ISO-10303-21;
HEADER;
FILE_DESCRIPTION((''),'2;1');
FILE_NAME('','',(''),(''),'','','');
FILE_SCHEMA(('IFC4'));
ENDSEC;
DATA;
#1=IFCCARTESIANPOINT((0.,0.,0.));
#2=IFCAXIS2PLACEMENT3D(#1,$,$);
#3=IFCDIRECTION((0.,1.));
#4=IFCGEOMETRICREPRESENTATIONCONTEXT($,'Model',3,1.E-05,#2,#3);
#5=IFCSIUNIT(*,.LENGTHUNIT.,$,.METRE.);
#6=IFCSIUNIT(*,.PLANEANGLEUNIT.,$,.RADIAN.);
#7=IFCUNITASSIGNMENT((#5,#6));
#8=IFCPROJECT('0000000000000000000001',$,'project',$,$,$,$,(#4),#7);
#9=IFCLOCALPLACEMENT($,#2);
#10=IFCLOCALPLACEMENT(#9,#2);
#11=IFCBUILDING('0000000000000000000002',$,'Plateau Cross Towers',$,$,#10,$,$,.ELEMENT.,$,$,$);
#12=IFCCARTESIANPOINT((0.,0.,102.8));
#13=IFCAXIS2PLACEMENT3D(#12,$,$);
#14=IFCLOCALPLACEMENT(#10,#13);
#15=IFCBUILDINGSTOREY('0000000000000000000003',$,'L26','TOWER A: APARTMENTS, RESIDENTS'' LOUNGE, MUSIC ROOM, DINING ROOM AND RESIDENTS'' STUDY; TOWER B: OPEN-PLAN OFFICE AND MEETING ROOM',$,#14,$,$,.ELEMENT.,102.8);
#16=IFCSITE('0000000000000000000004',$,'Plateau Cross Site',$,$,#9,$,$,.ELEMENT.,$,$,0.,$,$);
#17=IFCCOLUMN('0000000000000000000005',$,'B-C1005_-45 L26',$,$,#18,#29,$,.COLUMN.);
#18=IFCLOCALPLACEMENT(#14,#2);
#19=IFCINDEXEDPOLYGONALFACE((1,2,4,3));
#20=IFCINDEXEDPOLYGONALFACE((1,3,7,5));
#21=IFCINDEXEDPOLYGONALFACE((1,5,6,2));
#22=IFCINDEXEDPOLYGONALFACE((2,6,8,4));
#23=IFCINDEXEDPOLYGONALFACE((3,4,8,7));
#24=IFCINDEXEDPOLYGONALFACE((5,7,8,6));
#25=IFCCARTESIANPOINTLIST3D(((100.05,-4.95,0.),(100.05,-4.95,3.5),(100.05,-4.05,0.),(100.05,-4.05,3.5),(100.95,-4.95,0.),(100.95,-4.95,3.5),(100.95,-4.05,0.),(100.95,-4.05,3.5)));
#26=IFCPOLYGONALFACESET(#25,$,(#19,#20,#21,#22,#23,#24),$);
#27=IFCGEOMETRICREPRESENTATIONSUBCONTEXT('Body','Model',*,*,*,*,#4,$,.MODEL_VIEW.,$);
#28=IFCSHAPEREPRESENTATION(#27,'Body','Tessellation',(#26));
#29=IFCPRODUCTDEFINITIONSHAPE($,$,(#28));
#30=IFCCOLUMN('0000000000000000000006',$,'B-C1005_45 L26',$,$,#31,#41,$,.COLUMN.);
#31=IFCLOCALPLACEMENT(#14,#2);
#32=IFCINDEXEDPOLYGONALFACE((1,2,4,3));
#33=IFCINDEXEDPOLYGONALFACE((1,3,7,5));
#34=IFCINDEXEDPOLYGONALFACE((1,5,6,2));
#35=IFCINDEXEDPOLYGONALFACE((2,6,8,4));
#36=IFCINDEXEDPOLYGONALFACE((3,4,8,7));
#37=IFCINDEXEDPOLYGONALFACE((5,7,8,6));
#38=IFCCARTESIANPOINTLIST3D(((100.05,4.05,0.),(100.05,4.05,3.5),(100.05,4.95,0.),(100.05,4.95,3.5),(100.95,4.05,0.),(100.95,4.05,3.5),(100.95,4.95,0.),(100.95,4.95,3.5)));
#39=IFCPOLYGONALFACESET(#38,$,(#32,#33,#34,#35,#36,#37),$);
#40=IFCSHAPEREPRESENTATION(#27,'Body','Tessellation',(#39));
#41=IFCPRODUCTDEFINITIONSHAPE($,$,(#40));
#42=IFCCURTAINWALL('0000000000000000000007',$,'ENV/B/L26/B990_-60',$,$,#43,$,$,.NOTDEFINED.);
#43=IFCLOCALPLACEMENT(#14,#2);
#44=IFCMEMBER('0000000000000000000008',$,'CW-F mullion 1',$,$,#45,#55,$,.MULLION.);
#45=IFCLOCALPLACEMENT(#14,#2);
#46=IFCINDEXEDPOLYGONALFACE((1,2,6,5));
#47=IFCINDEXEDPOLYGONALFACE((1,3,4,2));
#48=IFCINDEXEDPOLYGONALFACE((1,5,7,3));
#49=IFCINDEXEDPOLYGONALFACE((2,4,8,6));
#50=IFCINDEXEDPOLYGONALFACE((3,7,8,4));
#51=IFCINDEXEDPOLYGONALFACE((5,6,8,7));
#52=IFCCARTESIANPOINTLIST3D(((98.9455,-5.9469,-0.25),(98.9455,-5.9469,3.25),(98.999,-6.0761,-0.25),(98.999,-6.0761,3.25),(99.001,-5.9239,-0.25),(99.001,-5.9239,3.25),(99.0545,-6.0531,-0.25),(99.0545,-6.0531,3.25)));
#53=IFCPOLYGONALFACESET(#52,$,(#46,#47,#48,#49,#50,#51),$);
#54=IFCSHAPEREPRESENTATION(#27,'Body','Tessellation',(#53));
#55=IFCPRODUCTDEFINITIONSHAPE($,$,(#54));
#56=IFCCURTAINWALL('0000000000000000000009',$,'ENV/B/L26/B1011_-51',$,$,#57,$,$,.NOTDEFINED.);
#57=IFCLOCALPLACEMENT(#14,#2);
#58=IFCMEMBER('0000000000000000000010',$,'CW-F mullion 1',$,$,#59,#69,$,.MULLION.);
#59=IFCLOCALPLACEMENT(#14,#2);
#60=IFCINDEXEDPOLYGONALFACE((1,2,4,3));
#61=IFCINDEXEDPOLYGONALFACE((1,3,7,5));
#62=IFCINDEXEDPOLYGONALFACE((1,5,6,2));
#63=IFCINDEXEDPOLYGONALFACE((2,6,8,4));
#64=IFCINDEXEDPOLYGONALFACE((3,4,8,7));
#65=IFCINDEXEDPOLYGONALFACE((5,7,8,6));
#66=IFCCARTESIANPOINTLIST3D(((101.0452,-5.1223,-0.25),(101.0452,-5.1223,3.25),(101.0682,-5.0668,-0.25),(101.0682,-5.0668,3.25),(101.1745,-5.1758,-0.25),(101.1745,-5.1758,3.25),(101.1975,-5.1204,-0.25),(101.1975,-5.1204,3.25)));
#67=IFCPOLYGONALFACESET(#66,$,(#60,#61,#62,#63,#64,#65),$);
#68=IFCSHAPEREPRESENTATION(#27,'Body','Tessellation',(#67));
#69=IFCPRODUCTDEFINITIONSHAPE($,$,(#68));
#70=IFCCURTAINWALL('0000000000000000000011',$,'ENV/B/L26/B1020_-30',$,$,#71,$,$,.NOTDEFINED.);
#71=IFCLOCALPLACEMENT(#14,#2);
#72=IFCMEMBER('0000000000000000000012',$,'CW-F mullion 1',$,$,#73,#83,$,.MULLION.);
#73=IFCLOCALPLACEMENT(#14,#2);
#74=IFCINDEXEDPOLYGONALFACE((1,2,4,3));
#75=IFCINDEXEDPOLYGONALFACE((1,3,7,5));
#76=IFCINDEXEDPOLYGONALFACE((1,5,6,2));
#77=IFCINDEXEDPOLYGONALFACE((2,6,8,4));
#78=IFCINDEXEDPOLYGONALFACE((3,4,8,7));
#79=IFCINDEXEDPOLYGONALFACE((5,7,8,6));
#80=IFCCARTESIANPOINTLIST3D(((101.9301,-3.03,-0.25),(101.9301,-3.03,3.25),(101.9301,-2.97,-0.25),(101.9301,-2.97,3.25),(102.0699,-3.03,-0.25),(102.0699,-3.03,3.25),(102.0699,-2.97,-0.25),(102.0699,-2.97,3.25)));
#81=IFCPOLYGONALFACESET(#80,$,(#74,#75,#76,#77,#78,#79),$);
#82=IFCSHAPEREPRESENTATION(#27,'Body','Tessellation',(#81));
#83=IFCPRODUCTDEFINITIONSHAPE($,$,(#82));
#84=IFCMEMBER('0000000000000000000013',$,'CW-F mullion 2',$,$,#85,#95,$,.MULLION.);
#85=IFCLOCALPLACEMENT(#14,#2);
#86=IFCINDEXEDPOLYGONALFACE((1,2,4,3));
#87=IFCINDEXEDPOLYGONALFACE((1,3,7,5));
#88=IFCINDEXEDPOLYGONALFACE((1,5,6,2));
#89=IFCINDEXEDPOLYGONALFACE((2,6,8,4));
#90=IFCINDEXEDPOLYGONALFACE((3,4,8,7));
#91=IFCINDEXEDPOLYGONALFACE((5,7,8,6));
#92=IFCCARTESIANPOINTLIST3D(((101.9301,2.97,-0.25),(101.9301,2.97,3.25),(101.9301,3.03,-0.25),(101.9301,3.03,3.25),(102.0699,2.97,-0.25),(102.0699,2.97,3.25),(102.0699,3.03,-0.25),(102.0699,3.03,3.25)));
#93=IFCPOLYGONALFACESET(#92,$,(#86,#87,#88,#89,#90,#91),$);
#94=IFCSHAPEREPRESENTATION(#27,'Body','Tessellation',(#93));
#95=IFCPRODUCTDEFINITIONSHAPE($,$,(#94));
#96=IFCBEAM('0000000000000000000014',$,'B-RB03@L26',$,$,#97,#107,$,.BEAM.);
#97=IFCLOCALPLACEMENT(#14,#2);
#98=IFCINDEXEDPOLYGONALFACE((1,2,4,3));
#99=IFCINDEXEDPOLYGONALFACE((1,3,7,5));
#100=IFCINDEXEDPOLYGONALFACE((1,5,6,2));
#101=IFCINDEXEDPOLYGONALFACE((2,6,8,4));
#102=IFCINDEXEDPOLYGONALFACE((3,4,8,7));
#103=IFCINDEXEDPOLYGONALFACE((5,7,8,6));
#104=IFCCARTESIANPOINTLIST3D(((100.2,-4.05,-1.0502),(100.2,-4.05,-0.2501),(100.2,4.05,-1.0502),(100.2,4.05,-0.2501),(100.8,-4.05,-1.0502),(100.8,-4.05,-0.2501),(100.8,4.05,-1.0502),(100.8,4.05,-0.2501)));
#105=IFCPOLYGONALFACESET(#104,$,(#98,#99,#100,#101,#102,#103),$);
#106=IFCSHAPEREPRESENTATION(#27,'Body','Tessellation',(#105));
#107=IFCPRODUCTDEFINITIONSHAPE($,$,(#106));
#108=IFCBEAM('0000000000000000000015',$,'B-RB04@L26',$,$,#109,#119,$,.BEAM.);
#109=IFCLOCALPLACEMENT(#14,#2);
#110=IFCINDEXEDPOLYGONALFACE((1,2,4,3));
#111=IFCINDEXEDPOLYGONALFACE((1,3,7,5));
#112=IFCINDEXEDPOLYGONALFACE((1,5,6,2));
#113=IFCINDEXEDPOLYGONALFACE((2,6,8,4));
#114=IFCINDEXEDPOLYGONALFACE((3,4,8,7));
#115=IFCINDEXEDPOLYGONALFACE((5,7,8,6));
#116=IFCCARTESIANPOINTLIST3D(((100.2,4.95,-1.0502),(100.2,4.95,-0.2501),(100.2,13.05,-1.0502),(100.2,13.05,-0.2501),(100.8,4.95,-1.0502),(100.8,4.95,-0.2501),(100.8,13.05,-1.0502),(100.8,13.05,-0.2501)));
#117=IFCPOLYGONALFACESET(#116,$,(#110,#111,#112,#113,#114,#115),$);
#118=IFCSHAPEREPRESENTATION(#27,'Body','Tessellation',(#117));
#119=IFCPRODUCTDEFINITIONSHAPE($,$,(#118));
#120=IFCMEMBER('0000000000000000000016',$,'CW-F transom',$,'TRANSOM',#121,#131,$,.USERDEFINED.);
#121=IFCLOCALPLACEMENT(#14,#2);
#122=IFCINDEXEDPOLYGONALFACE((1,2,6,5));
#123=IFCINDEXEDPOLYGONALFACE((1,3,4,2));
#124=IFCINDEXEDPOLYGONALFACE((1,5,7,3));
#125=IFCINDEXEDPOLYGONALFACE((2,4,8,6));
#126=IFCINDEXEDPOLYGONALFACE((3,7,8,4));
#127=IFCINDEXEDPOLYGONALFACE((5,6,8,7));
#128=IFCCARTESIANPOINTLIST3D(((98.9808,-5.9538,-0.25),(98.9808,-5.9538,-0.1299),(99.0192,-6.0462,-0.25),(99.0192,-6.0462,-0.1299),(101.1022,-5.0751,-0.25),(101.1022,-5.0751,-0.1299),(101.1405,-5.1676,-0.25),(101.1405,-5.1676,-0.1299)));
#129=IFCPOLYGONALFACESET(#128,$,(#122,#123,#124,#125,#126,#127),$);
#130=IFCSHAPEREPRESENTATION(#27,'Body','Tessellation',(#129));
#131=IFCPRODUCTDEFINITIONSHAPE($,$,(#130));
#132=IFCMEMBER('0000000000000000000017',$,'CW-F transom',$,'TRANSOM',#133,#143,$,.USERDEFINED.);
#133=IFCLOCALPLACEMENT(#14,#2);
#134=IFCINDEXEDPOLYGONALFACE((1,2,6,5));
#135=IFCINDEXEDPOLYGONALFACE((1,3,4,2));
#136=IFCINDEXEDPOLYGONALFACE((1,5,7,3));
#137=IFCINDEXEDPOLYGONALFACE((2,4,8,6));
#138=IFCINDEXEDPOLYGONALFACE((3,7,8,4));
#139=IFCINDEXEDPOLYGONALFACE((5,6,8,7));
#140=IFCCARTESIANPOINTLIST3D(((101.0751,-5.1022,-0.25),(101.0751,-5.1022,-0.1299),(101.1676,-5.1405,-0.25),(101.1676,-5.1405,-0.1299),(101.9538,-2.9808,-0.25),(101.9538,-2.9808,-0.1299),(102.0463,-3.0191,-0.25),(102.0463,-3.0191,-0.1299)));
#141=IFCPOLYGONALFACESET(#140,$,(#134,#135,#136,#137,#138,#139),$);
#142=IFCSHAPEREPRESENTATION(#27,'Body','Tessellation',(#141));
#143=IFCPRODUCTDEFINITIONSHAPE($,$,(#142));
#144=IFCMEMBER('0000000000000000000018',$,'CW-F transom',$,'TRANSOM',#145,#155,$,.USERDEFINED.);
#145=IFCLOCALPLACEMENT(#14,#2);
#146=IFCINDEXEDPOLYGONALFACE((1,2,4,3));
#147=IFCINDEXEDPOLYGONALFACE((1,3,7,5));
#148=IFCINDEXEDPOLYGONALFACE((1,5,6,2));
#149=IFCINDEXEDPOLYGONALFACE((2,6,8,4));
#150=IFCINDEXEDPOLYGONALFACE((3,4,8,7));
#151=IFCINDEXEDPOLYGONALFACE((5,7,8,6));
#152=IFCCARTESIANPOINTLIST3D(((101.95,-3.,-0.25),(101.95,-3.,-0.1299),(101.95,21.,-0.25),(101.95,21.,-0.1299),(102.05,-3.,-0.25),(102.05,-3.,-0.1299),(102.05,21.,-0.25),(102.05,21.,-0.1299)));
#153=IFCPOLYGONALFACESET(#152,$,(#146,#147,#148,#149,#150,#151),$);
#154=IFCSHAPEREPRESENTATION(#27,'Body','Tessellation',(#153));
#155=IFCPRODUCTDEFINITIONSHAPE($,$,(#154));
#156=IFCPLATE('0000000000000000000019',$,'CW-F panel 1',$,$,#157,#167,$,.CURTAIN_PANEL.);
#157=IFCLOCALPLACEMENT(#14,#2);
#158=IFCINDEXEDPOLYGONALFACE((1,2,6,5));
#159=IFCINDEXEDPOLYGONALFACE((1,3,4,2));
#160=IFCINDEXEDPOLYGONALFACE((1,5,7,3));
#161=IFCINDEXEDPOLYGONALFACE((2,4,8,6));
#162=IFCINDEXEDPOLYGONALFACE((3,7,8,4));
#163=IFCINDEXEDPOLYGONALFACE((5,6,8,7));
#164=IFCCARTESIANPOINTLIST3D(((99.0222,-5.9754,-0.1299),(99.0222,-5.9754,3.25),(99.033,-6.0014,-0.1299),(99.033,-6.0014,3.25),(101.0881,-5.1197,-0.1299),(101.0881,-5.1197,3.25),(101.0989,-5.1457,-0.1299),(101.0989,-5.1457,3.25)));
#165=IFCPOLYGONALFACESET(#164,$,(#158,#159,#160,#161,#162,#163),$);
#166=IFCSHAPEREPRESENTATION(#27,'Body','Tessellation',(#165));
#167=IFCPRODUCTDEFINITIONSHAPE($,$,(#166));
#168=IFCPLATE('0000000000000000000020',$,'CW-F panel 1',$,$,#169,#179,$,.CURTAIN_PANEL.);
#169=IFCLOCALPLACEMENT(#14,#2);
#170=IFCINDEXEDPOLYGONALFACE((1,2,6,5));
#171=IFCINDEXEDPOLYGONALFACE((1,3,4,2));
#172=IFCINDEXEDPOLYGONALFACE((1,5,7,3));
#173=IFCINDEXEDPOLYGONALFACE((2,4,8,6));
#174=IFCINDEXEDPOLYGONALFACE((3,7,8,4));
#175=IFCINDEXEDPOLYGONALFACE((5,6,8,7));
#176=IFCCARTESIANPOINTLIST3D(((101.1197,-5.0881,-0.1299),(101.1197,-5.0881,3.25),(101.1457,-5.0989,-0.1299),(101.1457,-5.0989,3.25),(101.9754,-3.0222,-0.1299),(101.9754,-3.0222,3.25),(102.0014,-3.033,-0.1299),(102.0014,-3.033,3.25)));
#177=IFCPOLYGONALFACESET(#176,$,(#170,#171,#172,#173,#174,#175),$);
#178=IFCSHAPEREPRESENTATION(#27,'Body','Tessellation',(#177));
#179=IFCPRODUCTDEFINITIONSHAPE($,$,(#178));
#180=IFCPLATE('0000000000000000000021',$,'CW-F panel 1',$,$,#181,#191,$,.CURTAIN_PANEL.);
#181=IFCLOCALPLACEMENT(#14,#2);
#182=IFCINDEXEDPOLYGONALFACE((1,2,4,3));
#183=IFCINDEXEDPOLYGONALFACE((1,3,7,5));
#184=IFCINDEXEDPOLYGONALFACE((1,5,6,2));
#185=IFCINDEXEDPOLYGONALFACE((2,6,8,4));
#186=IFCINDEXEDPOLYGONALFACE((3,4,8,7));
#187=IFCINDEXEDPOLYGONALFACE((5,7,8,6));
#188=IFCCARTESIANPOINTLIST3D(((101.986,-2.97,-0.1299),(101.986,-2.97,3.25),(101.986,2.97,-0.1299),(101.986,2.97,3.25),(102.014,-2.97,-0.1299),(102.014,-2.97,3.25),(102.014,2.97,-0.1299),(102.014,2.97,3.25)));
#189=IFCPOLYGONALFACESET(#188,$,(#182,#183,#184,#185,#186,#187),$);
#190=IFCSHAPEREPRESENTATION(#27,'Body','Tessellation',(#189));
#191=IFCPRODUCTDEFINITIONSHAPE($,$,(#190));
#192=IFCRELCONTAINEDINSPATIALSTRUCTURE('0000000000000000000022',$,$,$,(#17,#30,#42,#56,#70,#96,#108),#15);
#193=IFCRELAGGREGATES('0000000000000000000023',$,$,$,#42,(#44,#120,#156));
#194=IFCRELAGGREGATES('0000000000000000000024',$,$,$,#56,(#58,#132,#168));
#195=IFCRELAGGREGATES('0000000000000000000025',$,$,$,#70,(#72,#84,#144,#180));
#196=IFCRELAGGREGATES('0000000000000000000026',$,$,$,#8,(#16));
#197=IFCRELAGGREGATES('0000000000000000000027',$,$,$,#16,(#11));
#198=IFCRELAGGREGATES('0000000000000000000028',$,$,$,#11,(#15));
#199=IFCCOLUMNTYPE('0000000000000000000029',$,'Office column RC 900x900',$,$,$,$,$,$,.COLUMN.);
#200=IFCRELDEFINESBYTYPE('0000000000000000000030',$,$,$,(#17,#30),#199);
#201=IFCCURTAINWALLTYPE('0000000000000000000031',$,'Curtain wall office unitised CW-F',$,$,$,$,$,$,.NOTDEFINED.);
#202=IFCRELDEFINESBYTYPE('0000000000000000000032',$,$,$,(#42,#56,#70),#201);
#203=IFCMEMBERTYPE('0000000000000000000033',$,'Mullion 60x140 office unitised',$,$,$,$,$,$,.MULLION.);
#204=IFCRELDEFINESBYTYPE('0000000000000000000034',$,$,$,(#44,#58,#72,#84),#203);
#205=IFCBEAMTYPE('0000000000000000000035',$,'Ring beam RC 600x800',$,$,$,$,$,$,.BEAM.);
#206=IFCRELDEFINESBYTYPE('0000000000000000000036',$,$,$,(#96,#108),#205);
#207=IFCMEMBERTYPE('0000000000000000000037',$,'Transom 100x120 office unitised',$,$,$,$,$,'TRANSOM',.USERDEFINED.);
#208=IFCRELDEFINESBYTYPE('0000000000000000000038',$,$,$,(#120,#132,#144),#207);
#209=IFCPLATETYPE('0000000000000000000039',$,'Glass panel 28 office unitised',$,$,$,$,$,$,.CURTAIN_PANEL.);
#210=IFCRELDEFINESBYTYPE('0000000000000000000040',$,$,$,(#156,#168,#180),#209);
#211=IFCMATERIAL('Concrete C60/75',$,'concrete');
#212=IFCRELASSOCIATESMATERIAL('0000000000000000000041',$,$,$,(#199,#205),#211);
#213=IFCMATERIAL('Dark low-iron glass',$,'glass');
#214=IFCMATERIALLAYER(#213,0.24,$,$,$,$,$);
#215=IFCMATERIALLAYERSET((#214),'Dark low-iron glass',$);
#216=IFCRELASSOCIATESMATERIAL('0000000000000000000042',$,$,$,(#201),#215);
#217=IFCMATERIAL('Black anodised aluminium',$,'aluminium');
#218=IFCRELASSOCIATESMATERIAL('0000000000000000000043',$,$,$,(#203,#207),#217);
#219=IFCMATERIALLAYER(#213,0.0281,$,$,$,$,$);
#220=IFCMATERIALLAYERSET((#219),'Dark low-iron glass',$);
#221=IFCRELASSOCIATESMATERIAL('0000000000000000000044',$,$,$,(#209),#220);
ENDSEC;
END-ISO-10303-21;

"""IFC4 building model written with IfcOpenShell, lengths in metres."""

from ifc_helpers import new_model, si_unit, direction, frame, origin, origin_2d, place, context, subcontext, project, spatial, rectangle, extrude, material, layer, layer_set, material_profile, profile_set, type_object, element, aggregate, save


model = new_model("IFC4")

# Units and contexts
model_context = context("Model", 3, precision=1e-05, world=origin(), true_north=direction((0.0, 1.0)))
body_context = subcontext(model_context, "Body", "Model", "MODEL_VIEW")
ifc_project = project(units=[si_unit("LENGTHUNIT", "METRE"), si_unit("PLANEANGLEUNIT", "RADIAN")], contexts=[model_context])

# Site, building, storey
site_placement = place(None, origin())
site = spatial("IfcSite", under=ifc_project, at=site_placement, Name="Plateau Cross Site", CompositionType="ELEMENT", RefElevation=0.0)
building_placement = place(site_placement, origin())
building = spatial("IfcBuilding", under=site, at=building_placement, Name="Plateau Cross Towers", CompositionType="ELEMENT")
storey_placement = place(building_placement, frame((0.0, 0.0, 102.8)))
storey = spatial("IfcBuildingStorey", under=building, at=storey_placement, Name="L26", Description="TOWER A: APARTMENTS, RESIDENTS' LOUNGE, MUSIC ROOM, DINING ROOM AND RESIDENTS' STUDY; TOWER B: OPEN-PLAN OFFICE AND MEETING ROOM", CompositionType="ELEMENT", Elevation=102.8)

# Columns
ifc_material_1 = material(Name="Concrete C60/75", Category="concrete")
ifc_material_profile_1 = material_profile(ifc_material_1, rectangle(XDim=0.8999, YDim=0.8999, at=origin_2d()), Name="RC 900x900")
ifc_profile_set_1 = profile_set([ifc_material_profile_1], Name="Concrete C60/75")
column_type = type_object("IfcColumnType", Name="Office column RC 900x900", PredefinedType="COLUMN", material=ifc_profile_set_1)
for number, where, z_axis, x_axis, name in (
    (1, (100.5, -4.5, 0.0), (0.0, 0.0, 1.0), (1.0, 0.0, 0.0), "B-C1005_-45 L26"),
    (2, (100.5, 4.5, 0.0), (0.0, 0.0, 1.0), (1.0, 0.0, 0.0), "B-C1005_45 L26"),
):
    element("IfcColumn", number, at=place(storey_placement, frame(where, z_axis=z_axis, x_axis=x_axis)), inside=storey, type_object=column_type, Name=name, PredefinedType="COLUMN", context=body_context, shape_type="SweptSolid", body=[
        extrude(rectangle(XDim=0.8999, YDim=0.8999, at=origin_2d()), origin(), (0.0, 0.0, 1.0), 3.5),
    ])

# Curtain walls, members
ifc_material_2 = material(Name="Dark low-iron glass", Category="glass")
ifc_layer_1 = layer(ifc_material_2, 0.24)
ifc_layer_set_1 = layer_set([ifc_layer_1], Name="Dark low-iron glass")
curtain_wall_type = type_object("IfcCurtainWallType", Name="Curtain wall office unitised CW-F", PredefinedType="NOTDEFINED", material=ifc_layer_set_1)
curtain_wall_1_placement = place(storey_placement, origin())
curtain_wall_1 = element("IfcCurtainWall", 3, at=curtain_wall_1_placement, inside=storey, type_object=curtain_wall_type, Name="ENV/B/L26/B990_-60", PredefinedType="NOTDEFINED")
ifc_material_3 = material(Name="Black anodised aluminium", Category="aluminium")
ifc_material_profile_2 = material_profile(ifc_material_3, rectangle(XDim=0.0601, YDim=0.1399, at=origin_2d()), Name="MULLION 60x140")
ifc_profile_set_2 = profile_set([ifc_material_profile_2], Name="Black anodised aluminium")
member_type_1 = type_object("IfcMemberType", Name="Mullion 60x140 office unitised", PredefinedType="MULLION", material=ifc_profile_set_2)
member_1_placement = place(storey_placement, frame((99.0, -6.0, -0.25), z_axis=(0.0, 0.0, 1.0), x_axis=(0.923879, 0.382684, 0.0)))
member_1 = element("IfcMember", 4, at=member_1_placement, type_object=member_type_1, Name="CW-F mullion 1", PredefinedType="MULLION", context=body_context, shape_type="SweptSolid", body=[
    extrude(rectangle(XDim=0.0601, YDim=0.1399, at=origin_2d()), origin(), (0.0, 0.0, 1.0), 3.5),
])
curtain_wall_2_placement = place(storey_placement, origin())
curtain_wall_2 = element("IfcCurtainWall", 5, at=curtain_wall_2_placement, inside=storey, type_object=curtain_wall_type, Name="ENV/B/L26/B1011_-51", PredefinedType="NOTDEFINED")
member_2_placement = place(storey_placement, frame((101.1213, -5.1213, -0.25), z_axis=(0.0, 0.0, 1.0), x_axis=(0.382684, 0.923879, 0.0)))
member_2 = element("IfcMember", 6, at=member_2_placement, type_object=member_type_1, Name="CW-F mullion 1", PredefinedType="MULLION", context=body_context, shape_type="SweptSolid", body=[
    extrude(rectangle(XDim=0.0601, YDim=0.1399, at=origin_2d()), origin(), (0.0, 0.0, 1.0), 3.5),
])

# Curtain wall, members
curtain_wall_3_placement = place(storey_placement, origin())
curtain_wall_3 = element("IfcCurtainWall", 7, at=curtain_wall_3_placement, inside=storey, type_object=curtain_wall_type, Name="ENV/B/L26/B1020_-30", PredefinedType="NOTDEFINED")
member_3_placement = place(storey_placement, frame((102.0, -3.0, -0.25), z_axis=(0.0, 0.0, 1.0), x_axis=(0.0, 1.0, 0.0)))
member_3 = element("IfcMember", 8, at=member_3_placement, type_object=member_type_1, Name="CW-F mullion 1", PredefinedType="MULLION", context=body_context, shape_type="SweptSolid", body=[
    extrude(rectangle(XDim=0.0601, YDim=0.1399, at=origin_2d()), origin(), (0.0, 0.0, 1.0), 3.5),
])
member_4_placement = place(storey_placement, frame((102.0, 3.0, -0.25), z_axis=(0.0, 0.0, 1.0), x_axis=(0.0, 1.0, 0.0)))
member_4 = element("IfcMember", 9, at=member_4_placement, type_object=member_type_1, Name="CW-F mullion 2", PredefinedType="MULLION", context=body_context, shape_type="SweptSolid", body=[
    extrude(rectangle(XDim=0.0601, YDim=0.1399, at=origin_2d()), origin(), (0.0, 0.0, 1.0), 3.5),
])

# Beams
ifc_material_profile_3 = material_profile(ifc_material_1, rectangle(XDim=0.6001, YDim=0.8, at=origin_2d()), Name="RC 600x800")
ifc_profile_set_3 = profile_set([ifc_material_profile_3], Name="Concrete C60/75")
beam_type = type_object("IfcBeamType", Name="Ring beam RC 600x800", PredefinedType="BEAM", material=ifc_profile_set_3)
for number, where, z_axis, x_axis, name in (
    (10, (100.5, -4.05, -0.6501), (0.0, 1.0, 0.0), (-1.0, 0.0, 0.0), "B-RB03@L26"),
    (11, (100.5, 4.95, -0.6501), (0.0, 1.0, 0.0), (-1.0, 0.0, 0.0), "B-RB04@L26"),
):
    element("IfcBeam", number, at=place(storey_placement, frame(where, z_axis=z_axis, x_axis=x_axis)), inside=storey, type_object=beam_type, Name=name, PredefinedType="BEAM", context=body_context, shape_type="SweptSolid", body=[
        extrude(rectangle(XDim=0.6001, YDim=0.8, at=origin_2d()), origin(), (0.0, 0.0, 1.0), 8.1001),
    ])

# Members
ifc_material_profile_4 = material_profile(ifc_material_3, rectangle(XDim=0.1001, YDim=0.1201, at=origin_2d()), Name="TRANSOM 100x120")
ifc_profile_set_4 = profile_set([ifc_material_profile_4], Name="Black anodised aluminium")
member_type_2 = type_object("IfcMemberType", Name="Transom 100x120 office unitised", ElementType="TRANSOM", PredefinedType="USERDEFINED", material=ifc_profile_set_4)
member_5_placement = place(storey_placement, frame((99.0, -6.0, -0.1899), z_axis=(0.923883, 0.382674, 0.0), x_axis=(-0.382674, 0.923883, 0.0)))
member_5 = element("IfcMember", 12, at=member_5_placement, type_object=member_type_2, Name="CW-F transom", ObjectType="TRANSOM", PredefinedType="USERDEFINED", context=body_context, shape_type="SweptSolid", body=[
    extrude(rectangle(XDim=0.1001, YDim=0.1201, at=origin_2d()), origin(), (0.0, 0.0, 1.0), 2.2961),
])
member_6_placement = place(storey_placement, frame((101.1213, -5.1213, -0.1899), z_axis=(0.382674, 0.923883, 0.0), x_axis=(-0.923883, 0.382674, 0.0)))
member_6 = element("IfcMember", 13, at=member_6_placement, type_object=member_type_2, Name="CW-F transom", ObjectType="TRANSOM", PredefinedType="USERDEFINED", context=body_context, shape_type="SweptSolid", body=[
    extrude(rectangle(XDim=0.1001, YDim=0.1201, at=origin_2d()), origin(), (0.0, 0.0, 1.0), 2.2961),
])
member_7_placement = place(storey_placement, frame((102.0, -3.0, -0.1899), z_axis=(0.0, 1.0, 0.0), x_axis=(-1.0, 0.0, 0.0)))
member_7 = element("IfcMember", 14, at=member_7_placement, type_object=member_type_2, Name="CW-F transom", ObjectType="TRANSOM", PredefinedType="USERDEFINED", context=body_context, shape_type="SweptSolid", body=[
    extrude(rectangle(XDim=0.1001, YDim=0.1201, at=origin_2d()), origin(), (0.0, 0.0, 1.0), 24.0),
])

# Plates
ifc_layer_2 = layer(ifc_material_2, 0.0281)
ifc_layer_set_2 = layer_set([ifc_layer_2], Name="Dark low-iron glass")
plate_type = type_object("IfcPlateType", Name="Glass panel 28 office unitised", PredefinedType="CURTAIN_PANEL", material=ifc_layer_set_2)
plate_1_placement = place(storey_placement, frame((100.0605, -5.5605, -0.1299), z_axis=(0.0, 0.0, 1.0), x_axis=(0.923879, 0.382684, 0.0)))
plate_1 = element("IfcPlate", 15, at=plate_1_placement, type_object=plate_type, Name="CW-F panel 1", PredefinedType="CURTAIN_PANEL", context=body_context, shape_type="SweptSolid", body=[
    extrude(rectangle(XDim=2.2361, YDim=0.0281, at=origin_2d()), origin(), (0.0, 0.0, 1.0), 3.3799),
])
aggregate(curtain_wall_1, [member_1, member_5, plate_1])
plate_2_placement = place(storey_placement, frame((101.5605, -4.0605, -0.1299), z_axis=(0.0, 0.0, 1.0), x_axis=(0.382684, 0.923879, 0.0)))
plate_2 = element("IfcPlate", 16, at=plate_2_placement, type_object=plate_type, Name="CW-F panel 1", PredefinedType="CURTAIN_PANEL", context=body_context, shape_type="SweptSolid", body=[
    extrude(rectangle(XDim=2.2361, YDim=0.0281, at=origin_2d()), origin(), (0.0, 0.0, 1.0), 3.3799),
])
aggregate(curtain_wall_2, [member_2, member_6, plate_2])
plate_3_placement = place(storey_placement, frame((102.0, 0.0, -0.1299), z_axis=(0.0, 0.0, 1.0), x_axis=(0.0, 1.0, 0.0)))
plate_3 = element("IfcPlate", 17, at=plate_3_placement, type_object=plate_type, Name="CW-F panel 1", PredefinedType="CURTAIN_PANEL", context=body_context, shape_type="SweptSolid", body=[
    extrude(rectangle(XDim=5.9399, YDim=0.0281, at=origin_2d()), origin(), (0.0, 0.0, 1.0), 3.3799),
])
aggregate(curtain_wall_3, [member_3, member_4, member_7, plate_3])

save(model, "model.ifc")
